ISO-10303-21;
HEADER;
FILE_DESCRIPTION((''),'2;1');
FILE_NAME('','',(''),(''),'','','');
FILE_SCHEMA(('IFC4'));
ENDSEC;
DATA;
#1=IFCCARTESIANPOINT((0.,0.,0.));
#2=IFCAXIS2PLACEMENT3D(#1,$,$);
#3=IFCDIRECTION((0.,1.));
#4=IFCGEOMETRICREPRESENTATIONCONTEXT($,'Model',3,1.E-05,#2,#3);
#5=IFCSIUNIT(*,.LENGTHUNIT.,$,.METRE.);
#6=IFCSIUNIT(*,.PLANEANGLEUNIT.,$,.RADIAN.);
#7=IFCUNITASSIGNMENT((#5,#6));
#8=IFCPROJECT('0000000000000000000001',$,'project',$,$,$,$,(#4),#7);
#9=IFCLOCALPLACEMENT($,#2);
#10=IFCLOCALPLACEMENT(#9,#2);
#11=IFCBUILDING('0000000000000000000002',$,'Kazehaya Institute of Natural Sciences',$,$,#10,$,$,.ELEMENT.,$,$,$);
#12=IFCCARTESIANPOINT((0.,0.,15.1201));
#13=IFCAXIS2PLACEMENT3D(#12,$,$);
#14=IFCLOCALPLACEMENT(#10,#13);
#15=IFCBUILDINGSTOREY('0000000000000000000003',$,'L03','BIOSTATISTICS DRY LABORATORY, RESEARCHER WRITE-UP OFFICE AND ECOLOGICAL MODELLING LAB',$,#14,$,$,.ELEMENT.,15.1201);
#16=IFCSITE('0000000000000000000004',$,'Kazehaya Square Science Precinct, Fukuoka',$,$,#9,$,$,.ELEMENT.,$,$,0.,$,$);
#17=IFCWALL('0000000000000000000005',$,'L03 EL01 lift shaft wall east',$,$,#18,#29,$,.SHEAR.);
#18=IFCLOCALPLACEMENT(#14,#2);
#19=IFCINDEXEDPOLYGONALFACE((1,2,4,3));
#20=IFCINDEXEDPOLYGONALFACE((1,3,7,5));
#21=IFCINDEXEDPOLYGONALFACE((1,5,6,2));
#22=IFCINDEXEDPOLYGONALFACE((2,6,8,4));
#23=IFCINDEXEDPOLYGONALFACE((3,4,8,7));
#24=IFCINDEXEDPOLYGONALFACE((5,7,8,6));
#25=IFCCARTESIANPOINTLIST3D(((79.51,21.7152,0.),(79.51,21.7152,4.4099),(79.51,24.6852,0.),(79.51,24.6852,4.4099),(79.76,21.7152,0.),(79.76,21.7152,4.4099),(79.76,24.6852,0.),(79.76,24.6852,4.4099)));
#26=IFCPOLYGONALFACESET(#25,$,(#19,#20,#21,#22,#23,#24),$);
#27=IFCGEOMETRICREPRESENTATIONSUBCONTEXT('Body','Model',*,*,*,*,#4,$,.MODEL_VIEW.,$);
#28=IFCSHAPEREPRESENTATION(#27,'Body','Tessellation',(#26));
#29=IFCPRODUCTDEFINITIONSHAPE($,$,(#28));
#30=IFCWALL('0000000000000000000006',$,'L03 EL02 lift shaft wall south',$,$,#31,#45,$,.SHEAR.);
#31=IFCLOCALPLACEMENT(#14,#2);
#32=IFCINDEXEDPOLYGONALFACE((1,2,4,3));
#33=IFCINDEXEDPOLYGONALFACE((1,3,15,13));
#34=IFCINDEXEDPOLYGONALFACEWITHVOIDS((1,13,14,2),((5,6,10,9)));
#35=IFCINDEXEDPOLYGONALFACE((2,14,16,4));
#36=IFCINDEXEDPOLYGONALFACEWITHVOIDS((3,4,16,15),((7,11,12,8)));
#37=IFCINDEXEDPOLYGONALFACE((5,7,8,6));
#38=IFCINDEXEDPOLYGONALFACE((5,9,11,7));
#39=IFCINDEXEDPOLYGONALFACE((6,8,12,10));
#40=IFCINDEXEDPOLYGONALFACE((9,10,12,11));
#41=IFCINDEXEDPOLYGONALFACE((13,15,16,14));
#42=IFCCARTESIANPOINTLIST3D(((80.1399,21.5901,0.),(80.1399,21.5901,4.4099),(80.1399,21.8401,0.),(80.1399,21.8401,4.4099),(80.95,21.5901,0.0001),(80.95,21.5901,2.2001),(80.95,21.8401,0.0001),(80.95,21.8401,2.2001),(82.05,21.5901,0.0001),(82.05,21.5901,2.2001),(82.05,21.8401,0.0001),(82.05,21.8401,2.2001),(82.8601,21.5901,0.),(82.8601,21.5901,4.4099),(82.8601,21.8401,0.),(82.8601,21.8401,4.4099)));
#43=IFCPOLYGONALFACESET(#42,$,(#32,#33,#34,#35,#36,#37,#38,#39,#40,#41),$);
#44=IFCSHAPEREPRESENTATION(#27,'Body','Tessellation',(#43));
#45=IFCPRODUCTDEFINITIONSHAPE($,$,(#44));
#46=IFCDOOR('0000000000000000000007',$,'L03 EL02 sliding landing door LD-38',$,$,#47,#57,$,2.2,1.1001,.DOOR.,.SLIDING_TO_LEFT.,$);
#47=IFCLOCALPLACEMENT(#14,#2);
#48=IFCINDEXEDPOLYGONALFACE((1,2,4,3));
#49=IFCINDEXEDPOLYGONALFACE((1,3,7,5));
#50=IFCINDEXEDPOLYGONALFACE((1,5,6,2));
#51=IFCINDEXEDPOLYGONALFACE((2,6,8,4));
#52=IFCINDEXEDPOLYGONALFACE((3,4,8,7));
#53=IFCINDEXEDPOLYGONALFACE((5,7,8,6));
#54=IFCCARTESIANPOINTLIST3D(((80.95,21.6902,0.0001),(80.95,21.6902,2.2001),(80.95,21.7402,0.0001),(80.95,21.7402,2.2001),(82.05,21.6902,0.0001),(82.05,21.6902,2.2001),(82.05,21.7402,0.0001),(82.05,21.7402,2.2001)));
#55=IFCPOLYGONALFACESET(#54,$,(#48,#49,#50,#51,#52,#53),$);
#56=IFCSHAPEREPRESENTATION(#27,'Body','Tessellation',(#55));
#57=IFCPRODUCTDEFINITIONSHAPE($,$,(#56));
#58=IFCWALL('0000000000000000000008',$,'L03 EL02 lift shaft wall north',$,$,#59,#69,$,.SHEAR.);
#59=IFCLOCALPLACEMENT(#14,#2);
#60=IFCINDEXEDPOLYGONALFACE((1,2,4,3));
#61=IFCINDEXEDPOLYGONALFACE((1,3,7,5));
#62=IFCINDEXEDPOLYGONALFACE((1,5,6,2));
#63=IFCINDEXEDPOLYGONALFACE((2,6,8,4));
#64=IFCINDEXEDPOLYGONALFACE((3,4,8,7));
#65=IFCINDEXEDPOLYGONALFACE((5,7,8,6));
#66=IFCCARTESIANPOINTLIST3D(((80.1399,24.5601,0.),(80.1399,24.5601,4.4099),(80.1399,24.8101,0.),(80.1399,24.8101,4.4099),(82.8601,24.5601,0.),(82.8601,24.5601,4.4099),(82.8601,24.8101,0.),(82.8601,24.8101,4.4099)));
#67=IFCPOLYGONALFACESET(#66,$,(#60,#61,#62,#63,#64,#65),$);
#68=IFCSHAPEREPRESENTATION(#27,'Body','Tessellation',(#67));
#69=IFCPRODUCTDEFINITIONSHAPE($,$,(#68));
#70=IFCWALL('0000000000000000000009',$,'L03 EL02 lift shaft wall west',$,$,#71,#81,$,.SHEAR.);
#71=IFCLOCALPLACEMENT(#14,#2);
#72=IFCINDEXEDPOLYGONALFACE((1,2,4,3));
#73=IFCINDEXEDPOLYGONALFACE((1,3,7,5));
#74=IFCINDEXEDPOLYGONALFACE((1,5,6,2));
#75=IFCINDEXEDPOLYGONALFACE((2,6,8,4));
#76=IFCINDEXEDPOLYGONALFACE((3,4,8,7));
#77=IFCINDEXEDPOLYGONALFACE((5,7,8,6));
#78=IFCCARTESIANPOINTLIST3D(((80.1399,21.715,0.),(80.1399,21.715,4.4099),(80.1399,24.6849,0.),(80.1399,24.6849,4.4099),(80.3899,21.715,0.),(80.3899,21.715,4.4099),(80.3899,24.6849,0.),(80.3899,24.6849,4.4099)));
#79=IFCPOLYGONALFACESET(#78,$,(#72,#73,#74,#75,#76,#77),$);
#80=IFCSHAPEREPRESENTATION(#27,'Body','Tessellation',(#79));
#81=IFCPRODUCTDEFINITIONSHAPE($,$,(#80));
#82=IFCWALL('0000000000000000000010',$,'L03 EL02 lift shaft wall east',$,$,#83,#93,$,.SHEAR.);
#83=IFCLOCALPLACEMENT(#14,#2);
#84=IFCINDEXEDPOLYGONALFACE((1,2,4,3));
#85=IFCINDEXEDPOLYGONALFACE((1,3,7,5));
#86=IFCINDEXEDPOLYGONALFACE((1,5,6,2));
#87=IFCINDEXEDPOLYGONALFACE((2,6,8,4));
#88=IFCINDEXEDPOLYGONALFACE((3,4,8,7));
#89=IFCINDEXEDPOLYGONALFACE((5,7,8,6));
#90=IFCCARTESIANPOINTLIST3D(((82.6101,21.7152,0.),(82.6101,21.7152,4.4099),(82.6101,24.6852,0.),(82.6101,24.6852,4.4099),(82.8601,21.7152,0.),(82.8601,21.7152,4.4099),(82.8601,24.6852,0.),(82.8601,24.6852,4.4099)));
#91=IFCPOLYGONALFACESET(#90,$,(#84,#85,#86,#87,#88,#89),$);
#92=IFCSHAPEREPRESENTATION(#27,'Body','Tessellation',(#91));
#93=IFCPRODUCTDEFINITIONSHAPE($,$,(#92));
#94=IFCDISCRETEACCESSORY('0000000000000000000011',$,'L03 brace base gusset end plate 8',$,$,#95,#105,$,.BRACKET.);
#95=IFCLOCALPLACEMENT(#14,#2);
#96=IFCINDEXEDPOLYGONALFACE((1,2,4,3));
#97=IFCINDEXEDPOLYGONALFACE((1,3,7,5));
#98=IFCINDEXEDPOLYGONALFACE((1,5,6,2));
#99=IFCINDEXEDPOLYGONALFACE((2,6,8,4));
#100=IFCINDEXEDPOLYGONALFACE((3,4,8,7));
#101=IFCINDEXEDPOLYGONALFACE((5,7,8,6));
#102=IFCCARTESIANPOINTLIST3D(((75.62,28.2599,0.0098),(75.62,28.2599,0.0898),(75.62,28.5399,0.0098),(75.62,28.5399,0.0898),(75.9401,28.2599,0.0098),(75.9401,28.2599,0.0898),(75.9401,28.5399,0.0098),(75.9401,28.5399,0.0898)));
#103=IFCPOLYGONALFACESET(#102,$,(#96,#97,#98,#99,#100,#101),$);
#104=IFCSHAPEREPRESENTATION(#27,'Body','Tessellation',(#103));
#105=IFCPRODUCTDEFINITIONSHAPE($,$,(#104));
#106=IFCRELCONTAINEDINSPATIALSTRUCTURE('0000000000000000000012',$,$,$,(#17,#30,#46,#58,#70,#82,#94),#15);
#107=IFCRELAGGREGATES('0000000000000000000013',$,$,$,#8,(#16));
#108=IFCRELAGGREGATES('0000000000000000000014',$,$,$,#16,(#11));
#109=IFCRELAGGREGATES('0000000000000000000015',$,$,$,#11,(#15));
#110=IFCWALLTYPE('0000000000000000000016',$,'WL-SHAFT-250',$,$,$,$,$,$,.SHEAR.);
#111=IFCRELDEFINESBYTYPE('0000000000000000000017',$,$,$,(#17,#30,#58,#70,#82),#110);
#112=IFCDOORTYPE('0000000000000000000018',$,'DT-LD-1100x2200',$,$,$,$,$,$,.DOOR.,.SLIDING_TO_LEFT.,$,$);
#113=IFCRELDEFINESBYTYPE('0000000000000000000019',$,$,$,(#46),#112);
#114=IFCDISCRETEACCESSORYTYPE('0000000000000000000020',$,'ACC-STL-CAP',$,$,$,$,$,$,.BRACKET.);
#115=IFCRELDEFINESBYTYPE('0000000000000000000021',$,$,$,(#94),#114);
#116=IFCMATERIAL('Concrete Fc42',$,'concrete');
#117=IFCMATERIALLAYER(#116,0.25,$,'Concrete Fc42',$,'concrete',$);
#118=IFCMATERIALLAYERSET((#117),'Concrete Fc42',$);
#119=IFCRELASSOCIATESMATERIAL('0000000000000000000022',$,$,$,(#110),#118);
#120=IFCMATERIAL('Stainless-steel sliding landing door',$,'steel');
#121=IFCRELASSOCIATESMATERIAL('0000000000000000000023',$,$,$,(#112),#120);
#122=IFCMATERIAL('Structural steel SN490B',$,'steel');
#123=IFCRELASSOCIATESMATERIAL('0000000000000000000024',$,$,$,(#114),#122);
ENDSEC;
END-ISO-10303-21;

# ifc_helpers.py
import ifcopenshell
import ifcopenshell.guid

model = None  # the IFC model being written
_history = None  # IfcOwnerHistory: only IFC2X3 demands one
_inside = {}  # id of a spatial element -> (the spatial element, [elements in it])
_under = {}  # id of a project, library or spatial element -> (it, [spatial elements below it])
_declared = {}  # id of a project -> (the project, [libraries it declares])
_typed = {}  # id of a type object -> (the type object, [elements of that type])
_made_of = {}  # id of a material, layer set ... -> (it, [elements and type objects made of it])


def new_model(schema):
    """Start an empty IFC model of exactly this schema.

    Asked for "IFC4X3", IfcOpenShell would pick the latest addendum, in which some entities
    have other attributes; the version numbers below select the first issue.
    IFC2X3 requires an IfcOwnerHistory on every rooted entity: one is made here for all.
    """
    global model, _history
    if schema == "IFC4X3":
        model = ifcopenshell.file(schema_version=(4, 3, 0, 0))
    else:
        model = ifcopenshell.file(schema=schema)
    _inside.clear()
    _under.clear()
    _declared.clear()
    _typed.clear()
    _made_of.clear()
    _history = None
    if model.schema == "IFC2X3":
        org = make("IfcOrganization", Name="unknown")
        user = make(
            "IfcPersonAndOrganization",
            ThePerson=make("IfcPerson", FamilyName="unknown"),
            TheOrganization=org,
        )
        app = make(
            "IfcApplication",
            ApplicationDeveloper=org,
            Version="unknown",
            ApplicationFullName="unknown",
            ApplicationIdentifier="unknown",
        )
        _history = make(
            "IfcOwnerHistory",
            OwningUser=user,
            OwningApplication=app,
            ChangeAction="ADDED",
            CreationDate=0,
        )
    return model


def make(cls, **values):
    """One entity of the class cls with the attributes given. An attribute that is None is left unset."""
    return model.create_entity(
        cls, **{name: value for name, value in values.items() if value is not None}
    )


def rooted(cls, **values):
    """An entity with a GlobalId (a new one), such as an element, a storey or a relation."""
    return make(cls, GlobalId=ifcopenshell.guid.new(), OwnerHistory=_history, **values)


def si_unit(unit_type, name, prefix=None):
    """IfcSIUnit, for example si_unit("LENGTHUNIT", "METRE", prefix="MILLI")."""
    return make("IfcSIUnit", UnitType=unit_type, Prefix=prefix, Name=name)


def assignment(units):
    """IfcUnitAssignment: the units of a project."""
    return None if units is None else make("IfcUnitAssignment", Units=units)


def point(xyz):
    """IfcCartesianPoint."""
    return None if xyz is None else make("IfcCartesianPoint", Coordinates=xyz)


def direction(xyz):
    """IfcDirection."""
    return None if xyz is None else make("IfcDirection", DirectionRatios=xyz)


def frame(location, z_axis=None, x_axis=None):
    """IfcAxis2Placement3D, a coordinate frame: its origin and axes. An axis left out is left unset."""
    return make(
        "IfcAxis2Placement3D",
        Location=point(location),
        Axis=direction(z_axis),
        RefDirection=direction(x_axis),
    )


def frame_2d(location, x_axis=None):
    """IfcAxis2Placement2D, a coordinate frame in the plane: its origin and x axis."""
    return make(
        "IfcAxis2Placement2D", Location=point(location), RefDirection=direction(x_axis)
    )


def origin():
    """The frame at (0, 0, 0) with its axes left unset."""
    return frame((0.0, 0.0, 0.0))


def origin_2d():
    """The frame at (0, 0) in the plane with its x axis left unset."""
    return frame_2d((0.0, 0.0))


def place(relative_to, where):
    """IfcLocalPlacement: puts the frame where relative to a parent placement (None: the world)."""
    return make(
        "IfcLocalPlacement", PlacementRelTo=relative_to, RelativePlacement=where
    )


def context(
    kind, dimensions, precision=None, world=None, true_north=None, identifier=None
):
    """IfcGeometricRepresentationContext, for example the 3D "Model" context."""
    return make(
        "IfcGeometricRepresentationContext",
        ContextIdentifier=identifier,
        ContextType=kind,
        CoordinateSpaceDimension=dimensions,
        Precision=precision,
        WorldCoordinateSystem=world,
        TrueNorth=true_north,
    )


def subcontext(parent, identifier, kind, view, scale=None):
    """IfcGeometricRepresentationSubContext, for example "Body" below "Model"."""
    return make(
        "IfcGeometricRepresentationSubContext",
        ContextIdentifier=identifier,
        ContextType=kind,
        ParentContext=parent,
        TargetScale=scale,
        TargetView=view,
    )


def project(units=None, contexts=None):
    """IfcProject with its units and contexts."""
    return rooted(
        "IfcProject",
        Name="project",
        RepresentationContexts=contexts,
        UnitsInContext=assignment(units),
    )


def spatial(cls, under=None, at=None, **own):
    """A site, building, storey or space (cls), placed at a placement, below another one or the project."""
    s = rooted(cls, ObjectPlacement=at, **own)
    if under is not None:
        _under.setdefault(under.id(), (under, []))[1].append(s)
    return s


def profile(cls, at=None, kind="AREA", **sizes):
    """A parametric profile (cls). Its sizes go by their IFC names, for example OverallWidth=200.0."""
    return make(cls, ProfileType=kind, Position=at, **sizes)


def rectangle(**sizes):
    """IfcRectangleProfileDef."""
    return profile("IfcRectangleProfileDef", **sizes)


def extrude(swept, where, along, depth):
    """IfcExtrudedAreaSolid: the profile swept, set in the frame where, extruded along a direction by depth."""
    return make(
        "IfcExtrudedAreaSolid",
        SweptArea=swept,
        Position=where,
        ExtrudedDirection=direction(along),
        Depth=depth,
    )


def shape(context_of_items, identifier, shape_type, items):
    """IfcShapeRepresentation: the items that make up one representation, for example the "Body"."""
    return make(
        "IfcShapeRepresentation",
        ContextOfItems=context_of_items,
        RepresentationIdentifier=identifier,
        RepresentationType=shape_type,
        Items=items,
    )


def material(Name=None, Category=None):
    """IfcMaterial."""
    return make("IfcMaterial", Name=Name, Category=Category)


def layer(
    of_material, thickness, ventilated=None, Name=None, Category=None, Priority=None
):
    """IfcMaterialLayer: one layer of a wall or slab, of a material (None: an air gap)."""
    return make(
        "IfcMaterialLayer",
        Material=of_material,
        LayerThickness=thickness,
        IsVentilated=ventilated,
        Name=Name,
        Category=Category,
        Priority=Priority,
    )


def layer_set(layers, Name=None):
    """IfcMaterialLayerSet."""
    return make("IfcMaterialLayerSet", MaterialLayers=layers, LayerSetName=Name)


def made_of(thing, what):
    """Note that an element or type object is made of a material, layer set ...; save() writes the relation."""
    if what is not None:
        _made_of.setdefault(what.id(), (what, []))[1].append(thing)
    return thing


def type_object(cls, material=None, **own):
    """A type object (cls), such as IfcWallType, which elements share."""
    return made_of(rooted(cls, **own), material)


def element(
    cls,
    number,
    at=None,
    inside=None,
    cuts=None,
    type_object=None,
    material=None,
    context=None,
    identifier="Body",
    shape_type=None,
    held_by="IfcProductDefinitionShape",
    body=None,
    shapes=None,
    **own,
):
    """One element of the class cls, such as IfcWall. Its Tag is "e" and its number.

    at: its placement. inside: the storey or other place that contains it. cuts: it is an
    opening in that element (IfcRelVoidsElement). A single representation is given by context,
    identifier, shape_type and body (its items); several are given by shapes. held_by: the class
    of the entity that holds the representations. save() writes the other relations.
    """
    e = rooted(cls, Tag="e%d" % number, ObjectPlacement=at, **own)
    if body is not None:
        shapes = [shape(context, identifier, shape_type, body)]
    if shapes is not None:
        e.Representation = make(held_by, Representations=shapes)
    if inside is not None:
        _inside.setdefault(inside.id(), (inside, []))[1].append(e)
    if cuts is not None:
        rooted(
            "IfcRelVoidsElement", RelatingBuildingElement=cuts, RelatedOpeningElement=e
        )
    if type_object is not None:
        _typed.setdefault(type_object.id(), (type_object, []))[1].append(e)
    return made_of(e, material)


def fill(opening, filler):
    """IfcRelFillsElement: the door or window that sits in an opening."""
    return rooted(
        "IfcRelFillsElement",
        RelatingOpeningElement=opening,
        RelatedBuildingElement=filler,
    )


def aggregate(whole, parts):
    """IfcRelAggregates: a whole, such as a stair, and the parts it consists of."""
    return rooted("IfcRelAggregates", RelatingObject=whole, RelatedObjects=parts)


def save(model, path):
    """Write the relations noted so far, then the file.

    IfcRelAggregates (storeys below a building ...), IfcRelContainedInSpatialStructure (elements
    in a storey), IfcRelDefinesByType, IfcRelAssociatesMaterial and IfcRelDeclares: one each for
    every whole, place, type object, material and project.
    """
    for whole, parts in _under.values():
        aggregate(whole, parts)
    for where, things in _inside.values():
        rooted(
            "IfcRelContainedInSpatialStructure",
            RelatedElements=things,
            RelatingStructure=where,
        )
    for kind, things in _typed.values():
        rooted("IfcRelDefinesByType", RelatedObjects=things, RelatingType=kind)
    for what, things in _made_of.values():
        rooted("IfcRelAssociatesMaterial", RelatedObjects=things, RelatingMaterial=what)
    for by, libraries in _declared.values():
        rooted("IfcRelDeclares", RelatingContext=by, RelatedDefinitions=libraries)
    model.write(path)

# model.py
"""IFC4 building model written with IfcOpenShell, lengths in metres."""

from ifc_helpers import new_model, si_unit, direction, frame, frame_2d, origin, origin_2d, place, context, subcontext, project, spatial, rectangle, extrude, material, layer, layer_set, type_object, element, fill, save


model = new_model("IFC4")

# Units and contexts
model_context = context("Model", 3, precision=1e-05, world=origin(), true_north=direction((0.0, 1.0)))
body_context = subcontext(model_context, "Body", "Model", "MODEL_VIEW")
ifc_project = project(units=[si_unit("LENGTHUNIT", "METRE"), si_unit("PLANEANGLEUNIT", "RADIAN")], contexts=[model_context])

# Site, building, storey
site_placement = place(None, origin())
site = spatial("IfcSite", under=ifc_project, at=site_placement, Name="Kazehaya Square Science Precinct, Fukuoka", CompositionType="ELEMENT", RefElevation=0.0)
building_placement = place(site_placement, origin())
building = spatial("IfcBuilding", under=site, at=building_placement, Name="Kazehaya Institute of Natural Sciences", CompositionType="ELEMENT")
storey_placement = place(building_placement, frame((0.0, 0.0, 15.1201)))
storey = spatial("IfcBuildingStorey", under=building, at=storey_placement, Name="L03", Description="BIOSTATISTICS DRY LABORATORY, RESEARCHER WRITE-UP OFFICE AND ECOLOGICAL MODELLING LAB", CompositionType="ELEMENT", Elevation=15.1201)

# Shared definitions
ifc_material_1 = material(Name="Concrete Fc42", Category="concrete")

# Shared definitions
ifc_layer_1 = layer(ifc_material_1, 0.25, Name="Concrete Fc42", Category="concrete")
ifc_layer_set_1 = layer_set([ifc_layer_1], Name="Concrete Fc42")
wall_type_1 = type_object("IfcWallType", Name="WL-SHAFT-250", PredefinedType="SHEAR", material=ifc_layer_set_1)

# Shared definitions
ifc_material_2 = material(Name="Stainless-steel sliding landing door", Category="steel")
door_type_1 = type_object("IfcDoorType", Name="DT-LD-1100x2200", OperationType="SLIDING_TO_LEFT", PredefinedType="DOOR", material=ifc_material_2)

# Wall
for number, where, z_axis, x_axis, name in (
    (1, (79.635, 24.6851, 0.0), (0.0, 0.0, 1.0), (0.0, -1.0, 0.0), "L03 EL01 lift shaft wall east"),
):
    element("IfcWall", number, at=place(storey_placement, frame(where, z_axis=z_axis, x_axis=x_axis)), inside=storey, type_object=wall_type_1, Name=name, PredefinedType="SHEAR", context=body_context, shape_type="SweptSolid", body=[
        extrude(rectangle(XDim=2.97, YDim=0.25, at=frame_2d((1.4849, 0.0))), origin(), (0.0, 0.0, 1.0), 4.4099),
    ])

# Wall, opening, door
wall_1_placement = place(storey_placement, frame((82.8601, 21.7151, 0.0), z_axis=(0.0, 0.0, 1.0), x_axis=(-1.0, 0.0, 0.0)))
wall_1 = element("IfcWall", 2, at=wall_1_placement, inside=storey, type_object=wall_type_1, Name="L03 EL02 lift shaft wall south", PredefinedType="SHEAR", context=body_context, shape_type="SweptSolid", body=[
    extrude(rectangle(XDim=2.7202, YDim=0.25, at=frame_2d((1.3601, 0.0))), origin(), (0.0, 0.0, 1.0), 4.4099),
])
opening_1_placement = place(wall_1_placement, frame((0.8101, 0.0, 0.0)))
opening_1 = element("IfcOpeningElement", 3, at=opening_1_placement, cuts=wall_1, PredefinedType="OPENING", context=body_context, shape_type="SweptSolid", body=[
    extrude(rectangle(XDim=1.1001, YDim=2.2, at=frame_2d((0.55, 1.1001))), frame((0.0, 0.135, 0.0), z_axis=(0.0, -1.0, 0.0), x_axis=(1.0, 0.0, 0.0)), (0.0, 0.0, 1.0), 0.27),
])
door_1_placement = place(opening_1_placement, origin())
door_1 = element("IfcDoor", 4, at=door_1_placement, inside=storey, type_object=door_type_1, Name="L03 EL02 sliding landing door LD-38", OperationType="SLIDING_TO_LEFT", OverallHeight=2.2, OverallWidth=1.1001, PredefinedType="DOOR", context=body_context, shape_type="SweptSolid", body=[
    extrude(rectangle(XDim=1.1001, YDim=2.2, at=frame_2d((0.55, 1.1001))), frame((0.0, 0.0249, 0.0), z_axis=(0.0, -1.0, 0.0), x_axis=(1.0, 0.0, 0.0)), (0.0, 0.0, 1.0), 0.05),
])
fill(opening_1, door_1)

# Walls
wall_2_placement = place(storey_placement, frame((80.1399, 24.6851, 0.0), z_axis=(0.0, 0.0, 1.0), x_axis=(1.0, 0.0, 0.0)))
element("IfcWall", 5, at=wall_2_placement, inside=storey, type_object=wall_type_1, Name="L03 EL02 lift shaft wall north", PredefinedType="SHEAR", context=body_context, shape_type="SweptSolid", body=[
    extrude(rectangle(XDim=2.7202, YDim=0.25, at=frame_2d((1.3601, 0.0))), origin(), (0.0, 0.0, 1.0), 4.4099),
])
for number, where, z_axis, x_axis, name in (
    (6, (80.2649, 21.7151, 0.0), (0.0, 0.0, 1.0), (0.0, 1.0, 0.0), "L03 EL02 lift shaft wall west"),
    (7, (82.7351, 24.6851, 0.0), (0.0, 0.0, 1.0), (0.0, -1.0, 0.0), "L03 EL02 lift shaft wall east"),
):
    element("IfcWall", number, at=place(storey_placement, frame(where, z_axis=z_axis, x_axis=x_axis)), inside=storey, type_object=wall_type_1, Name=name, PredefinedType="SHEAR", context=body_context, shape_type="SweptSolid", body=[
        extrude(rectangle(XDim=2.97, YDim=0.25, at=frame_2d((1.4849, 0.0))), origin(), (0.0, 0.0, 1.0), 4.4099),
    ])

# Discrete accessory
ifc_material_3 = material(Name="Structural steel SN490B", Category="steel")
discrete_accessory_type = type_object("IfcDiscreteAccessoryType", Name="ACC-STL-CAP", PredefinedType="BRACKET", material=ifc_material_3)
discrete_accessory_placement = place(storey_placement, frame((75.78, 28.3999, 0.0098), z_axis=(0.0, 0.0, 1.0), x_axis=(1.0, 0.0, 0.0)))
element("IfcDiscreteAccessory", 8, at=discrete_accessory_placement, inside=storey, type_object=discrete_accessory_type, Name="L03 brace base gusset end plate 8", PredefinedType="BRACKET", context=body_context, shape_type="SweptSolid", body=[
    extrude(rectangle(XDim=0.3201, YDim=0.28, at=origin_2d()), origin(), (0.0, 0.0, 1.0), 0.0801),
])

save(model, "model.ifc")
